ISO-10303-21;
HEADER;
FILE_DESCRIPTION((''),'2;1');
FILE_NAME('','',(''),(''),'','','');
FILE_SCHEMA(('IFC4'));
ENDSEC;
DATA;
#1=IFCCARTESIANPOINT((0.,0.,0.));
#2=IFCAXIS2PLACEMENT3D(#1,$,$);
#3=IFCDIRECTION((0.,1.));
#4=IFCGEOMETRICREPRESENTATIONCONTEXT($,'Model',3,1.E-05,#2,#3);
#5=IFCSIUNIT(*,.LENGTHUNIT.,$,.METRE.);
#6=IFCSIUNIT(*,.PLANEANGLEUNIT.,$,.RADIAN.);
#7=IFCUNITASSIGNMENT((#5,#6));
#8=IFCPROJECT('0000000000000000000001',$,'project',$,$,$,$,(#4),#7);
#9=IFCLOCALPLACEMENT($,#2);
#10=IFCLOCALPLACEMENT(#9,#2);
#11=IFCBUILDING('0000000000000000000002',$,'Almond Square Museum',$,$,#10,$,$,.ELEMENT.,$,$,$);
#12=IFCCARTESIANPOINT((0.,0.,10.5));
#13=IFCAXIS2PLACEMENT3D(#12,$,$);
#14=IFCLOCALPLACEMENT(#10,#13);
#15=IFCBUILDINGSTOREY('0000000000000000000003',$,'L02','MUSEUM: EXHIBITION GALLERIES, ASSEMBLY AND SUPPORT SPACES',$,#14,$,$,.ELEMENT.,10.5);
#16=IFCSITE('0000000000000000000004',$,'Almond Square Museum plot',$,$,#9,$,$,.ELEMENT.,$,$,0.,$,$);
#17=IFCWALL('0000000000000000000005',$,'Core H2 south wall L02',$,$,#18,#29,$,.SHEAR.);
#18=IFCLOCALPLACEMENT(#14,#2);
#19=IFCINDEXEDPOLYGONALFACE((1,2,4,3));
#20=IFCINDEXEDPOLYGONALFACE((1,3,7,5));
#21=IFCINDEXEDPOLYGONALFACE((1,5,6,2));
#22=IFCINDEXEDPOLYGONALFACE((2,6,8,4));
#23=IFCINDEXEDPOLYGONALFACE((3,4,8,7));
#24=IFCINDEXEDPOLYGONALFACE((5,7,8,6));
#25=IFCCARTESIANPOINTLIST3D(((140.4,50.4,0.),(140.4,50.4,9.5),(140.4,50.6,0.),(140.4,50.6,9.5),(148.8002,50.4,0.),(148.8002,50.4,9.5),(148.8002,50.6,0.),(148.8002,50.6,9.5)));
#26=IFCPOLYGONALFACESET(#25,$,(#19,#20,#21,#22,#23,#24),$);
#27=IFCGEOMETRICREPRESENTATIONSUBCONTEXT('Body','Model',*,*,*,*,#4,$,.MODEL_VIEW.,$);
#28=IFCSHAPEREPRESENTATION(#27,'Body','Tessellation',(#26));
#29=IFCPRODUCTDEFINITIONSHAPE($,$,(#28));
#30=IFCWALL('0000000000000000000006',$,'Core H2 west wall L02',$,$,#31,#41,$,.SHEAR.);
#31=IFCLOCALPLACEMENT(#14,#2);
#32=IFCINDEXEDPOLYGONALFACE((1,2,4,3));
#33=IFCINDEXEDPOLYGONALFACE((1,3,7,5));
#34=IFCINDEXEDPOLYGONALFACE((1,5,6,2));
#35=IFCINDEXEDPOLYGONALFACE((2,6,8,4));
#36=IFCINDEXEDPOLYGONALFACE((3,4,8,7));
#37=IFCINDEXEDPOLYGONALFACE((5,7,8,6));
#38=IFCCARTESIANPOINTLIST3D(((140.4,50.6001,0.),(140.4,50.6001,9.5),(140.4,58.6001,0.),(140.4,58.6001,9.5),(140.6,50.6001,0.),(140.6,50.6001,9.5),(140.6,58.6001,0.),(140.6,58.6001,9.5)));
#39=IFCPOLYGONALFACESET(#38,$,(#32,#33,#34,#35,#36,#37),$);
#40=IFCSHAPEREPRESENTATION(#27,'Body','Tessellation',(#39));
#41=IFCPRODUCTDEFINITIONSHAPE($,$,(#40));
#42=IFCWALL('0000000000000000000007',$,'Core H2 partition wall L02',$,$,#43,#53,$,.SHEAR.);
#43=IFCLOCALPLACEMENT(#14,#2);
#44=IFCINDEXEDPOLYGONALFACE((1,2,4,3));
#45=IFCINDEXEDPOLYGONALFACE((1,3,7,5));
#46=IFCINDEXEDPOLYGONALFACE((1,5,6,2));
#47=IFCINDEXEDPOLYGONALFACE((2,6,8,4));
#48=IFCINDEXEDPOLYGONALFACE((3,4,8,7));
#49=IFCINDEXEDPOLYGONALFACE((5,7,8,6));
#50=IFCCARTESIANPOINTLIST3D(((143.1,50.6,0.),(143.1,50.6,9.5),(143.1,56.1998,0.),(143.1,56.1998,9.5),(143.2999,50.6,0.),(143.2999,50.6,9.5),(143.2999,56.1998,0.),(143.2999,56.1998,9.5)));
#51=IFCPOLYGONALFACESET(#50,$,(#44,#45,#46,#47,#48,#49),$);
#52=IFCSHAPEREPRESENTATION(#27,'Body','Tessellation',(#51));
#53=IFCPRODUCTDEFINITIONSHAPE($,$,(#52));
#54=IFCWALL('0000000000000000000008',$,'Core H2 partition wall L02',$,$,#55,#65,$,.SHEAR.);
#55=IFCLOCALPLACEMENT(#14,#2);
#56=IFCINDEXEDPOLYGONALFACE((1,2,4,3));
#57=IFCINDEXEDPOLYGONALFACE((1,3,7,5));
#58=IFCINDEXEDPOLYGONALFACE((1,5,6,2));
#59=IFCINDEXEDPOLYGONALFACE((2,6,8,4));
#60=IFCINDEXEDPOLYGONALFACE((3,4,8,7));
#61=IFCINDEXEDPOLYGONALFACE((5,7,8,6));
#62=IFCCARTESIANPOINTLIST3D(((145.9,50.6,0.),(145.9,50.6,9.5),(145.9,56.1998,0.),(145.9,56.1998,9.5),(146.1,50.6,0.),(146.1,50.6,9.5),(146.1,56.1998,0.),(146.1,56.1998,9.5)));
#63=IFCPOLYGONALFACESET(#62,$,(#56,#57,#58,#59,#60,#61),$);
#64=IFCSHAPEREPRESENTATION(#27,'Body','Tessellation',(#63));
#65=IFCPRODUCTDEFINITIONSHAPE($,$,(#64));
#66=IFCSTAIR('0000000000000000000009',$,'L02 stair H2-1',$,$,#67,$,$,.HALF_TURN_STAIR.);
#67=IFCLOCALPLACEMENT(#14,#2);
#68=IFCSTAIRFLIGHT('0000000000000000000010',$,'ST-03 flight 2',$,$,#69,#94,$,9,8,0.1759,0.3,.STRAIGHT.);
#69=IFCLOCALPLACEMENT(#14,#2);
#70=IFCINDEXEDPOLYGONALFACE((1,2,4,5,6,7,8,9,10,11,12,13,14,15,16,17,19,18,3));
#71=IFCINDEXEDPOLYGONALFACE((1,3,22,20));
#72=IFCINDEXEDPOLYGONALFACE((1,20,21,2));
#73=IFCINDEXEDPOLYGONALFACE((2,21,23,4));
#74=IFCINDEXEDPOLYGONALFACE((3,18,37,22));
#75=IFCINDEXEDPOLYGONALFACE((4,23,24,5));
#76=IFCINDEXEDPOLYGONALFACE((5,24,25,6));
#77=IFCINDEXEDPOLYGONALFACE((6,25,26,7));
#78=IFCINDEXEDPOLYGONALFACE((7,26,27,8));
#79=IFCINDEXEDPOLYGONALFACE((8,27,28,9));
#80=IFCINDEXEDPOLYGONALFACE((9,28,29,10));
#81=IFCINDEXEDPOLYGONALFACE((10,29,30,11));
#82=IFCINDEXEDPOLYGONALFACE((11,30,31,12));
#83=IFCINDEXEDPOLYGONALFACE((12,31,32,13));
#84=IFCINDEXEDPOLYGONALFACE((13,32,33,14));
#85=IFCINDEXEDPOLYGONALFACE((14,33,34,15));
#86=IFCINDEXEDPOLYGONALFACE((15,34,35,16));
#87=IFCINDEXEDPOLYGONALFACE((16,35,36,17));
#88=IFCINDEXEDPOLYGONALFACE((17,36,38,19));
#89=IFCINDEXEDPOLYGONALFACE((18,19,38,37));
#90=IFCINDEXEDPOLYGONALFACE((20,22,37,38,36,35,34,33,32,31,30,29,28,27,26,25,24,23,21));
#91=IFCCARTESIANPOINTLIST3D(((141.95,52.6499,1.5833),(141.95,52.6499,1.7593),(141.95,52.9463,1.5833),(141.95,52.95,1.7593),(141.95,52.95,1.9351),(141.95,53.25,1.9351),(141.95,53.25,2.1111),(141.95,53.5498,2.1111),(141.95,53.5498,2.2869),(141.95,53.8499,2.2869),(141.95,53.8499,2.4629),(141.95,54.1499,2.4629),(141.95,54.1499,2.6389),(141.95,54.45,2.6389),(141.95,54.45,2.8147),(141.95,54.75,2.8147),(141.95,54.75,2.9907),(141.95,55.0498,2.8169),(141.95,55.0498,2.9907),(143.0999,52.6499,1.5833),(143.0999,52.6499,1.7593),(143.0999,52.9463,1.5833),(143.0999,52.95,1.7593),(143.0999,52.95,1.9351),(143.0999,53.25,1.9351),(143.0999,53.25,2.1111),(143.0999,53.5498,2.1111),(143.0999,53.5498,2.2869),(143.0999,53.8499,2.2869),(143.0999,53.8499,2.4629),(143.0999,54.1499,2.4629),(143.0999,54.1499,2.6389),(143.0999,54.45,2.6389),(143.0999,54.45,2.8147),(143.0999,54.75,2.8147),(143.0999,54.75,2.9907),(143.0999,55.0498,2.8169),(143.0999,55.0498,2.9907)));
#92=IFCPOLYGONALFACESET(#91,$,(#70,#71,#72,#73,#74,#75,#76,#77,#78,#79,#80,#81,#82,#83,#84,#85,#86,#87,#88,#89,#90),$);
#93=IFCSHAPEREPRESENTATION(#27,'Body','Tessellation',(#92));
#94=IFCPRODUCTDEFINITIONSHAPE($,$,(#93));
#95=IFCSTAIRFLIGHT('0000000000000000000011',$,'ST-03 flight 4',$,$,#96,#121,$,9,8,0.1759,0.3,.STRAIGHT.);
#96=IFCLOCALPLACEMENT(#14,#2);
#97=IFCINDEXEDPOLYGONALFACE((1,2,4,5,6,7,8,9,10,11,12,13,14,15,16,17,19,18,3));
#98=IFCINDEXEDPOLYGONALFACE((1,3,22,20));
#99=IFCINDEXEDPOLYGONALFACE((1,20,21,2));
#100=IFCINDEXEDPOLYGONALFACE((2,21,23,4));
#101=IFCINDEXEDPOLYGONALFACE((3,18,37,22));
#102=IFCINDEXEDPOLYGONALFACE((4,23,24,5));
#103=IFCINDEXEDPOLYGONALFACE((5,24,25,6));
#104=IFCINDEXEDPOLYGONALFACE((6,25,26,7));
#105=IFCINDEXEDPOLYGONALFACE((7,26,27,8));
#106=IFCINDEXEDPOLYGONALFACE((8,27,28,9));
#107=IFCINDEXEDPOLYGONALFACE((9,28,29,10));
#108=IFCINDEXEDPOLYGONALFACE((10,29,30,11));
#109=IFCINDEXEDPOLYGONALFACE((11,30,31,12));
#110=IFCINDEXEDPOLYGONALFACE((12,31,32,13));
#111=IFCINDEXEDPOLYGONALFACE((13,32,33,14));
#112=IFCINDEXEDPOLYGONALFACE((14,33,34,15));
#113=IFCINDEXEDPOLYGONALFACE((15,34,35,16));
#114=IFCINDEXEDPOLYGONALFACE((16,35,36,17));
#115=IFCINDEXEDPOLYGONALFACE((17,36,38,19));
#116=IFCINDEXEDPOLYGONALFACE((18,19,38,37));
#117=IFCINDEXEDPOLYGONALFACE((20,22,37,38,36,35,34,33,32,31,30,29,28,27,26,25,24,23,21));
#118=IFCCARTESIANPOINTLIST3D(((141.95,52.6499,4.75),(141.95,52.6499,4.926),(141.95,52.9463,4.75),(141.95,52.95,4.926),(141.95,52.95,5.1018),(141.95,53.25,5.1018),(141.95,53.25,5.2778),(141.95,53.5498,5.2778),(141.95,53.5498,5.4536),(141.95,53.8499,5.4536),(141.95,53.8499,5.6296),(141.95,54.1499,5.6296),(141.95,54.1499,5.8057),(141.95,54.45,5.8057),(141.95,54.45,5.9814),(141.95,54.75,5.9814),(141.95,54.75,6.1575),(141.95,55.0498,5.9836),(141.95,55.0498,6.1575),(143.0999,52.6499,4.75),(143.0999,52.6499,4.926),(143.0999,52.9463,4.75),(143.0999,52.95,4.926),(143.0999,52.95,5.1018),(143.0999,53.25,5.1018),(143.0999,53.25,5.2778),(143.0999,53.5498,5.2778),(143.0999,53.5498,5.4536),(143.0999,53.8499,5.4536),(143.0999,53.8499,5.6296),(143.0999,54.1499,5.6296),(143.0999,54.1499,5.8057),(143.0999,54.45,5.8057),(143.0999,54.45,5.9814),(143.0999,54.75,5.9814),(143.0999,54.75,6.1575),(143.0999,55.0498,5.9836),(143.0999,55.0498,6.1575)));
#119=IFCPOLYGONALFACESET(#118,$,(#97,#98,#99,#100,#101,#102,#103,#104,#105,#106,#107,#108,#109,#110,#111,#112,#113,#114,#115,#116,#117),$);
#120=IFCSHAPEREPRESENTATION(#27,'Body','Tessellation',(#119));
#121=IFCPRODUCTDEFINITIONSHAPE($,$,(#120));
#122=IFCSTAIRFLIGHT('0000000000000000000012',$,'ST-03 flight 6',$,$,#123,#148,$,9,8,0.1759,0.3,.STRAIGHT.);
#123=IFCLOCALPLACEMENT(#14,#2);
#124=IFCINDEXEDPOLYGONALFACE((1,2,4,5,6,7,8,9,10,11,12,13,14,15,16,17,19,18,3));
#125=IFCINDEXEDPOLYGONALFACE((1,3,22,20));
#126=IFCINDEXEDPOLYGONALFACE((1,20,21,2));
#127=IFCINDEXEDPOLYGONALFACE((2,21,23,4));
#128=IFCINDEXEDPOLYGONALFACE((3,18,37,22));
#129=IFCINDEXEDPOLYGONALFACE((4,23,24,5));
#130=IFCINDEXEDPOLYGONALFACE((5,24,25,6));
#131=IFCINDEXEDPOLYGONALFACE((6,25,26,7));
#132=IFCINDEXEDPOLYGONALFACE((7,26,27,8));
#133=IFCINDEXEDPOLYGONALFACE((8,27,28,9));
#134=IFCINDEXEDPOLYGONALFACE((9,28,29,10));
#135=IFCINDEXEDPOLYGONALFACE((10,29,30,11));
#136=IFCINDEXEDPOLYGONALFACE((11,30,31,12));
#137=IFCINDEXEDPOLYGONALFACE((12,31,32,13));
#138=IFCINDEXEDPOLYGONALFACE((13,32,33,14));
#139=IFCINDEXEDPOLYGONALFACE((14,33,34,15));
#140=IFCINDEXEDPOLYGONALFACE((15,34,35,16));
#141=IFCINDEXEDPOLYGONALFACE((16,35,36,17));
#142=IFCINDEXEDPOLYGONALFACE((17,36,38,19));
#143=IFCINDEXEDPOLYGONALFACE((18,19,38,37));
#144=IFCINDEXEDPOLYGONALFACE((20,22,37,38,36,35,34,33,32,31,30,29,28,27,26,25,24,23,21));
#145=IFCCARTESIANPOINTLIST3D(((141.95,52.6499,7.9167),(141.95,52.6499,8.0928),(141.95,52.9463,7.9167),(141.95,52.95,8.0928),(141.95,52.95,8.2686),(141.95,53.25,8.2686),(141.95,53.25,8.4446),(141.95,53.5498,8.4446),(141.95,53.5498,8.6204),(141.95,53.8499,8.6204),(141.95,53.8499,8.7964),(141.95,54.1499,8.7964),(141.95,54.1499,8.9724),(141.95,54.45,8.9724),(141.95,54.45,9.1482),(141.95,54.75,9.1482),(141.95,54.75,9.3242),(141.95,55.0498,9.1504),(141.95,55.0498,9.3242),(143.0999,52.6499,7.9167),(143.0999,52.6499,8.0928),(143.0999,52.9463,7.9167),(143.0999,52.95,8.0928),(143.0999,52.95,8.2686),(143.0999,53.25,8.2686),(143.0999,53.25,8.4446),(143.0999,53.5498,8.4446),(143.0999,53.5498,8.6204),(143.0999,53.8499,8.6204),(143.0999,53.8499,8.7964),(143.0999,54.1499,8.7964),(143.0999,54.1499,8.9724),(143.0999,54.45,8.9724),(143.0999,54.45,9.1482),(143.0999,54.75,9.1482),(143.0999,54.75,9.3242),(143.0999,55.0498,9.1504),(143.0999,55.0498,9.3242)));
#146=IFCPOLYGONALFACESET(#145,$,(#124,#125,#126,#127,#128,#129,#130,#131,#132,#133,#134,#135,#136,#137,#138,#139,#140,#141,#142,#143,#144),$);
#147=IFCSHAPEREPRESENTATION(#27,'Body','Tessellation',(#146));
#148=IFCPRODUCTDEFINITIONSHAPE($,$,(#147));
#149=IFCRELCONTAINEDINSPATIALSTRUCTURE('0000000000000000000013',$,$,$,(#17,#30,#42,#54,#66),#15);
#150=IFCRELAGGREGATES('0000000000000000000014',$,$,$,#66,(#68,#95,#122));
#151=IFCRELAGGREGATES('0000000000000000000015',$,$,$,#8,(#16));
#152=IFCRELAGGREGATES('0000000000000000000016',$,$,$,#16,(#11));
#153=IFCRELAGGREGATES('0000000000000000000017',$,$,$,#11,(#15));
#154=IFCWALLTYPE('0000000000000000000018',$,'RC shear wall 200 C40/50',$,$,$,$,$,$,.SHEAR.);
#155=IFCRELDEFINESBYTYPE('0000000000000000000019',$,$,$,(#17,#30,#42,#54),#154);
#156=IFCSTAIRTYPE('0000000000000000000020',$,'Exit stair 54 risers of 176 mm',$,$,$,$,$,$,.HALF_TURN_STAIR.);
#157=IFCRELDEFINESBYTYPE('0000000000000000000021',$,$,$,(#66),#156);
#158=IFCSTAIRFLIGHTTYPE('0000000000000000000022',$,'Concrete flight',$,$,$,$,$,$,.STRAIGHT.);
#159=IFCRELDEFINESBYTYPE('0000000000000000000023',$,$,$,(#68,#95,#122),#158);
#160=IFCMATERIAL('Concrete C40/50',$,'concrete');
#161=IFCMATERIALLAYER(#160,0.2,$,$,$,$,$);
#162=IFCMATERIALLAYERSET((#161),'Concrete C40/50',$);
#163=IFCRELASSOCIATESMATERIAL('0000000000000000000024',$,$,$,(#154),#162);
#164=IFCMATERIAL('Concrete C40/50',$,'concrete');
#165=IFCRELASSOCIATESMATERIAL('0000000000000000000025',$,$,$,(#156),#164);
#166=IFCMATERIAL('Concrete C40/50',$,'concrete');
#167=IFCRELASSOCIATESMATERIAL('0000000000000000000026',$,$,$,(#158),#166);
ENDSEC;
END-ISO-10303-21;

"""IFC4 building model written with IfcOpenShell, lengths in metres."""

from ifc_helpers import new_model, si_unit, direction, frame, frame_2d, origin, place, context, subcontext, project, spatial, polyline, rectangle, outline, extrude, material, layer, layer_set, type_object, element, aggregate, save


model = new_model("IFC4")

# Units and contexts
model_context = context("Model", 3, precision=1e-05, world=origin(), true_north=direction((0.0, 1.0)))
body_context = subcontext(model_context, "Body", "Model", "MODEL_VIEW")
ifc_project = project(units=[si_unit("LENGTHUNIT", "METRE"), si_unit("PLANEANGLEUNIT", "RADIAN")], contexts=[model_context])

# Site, building, storey
site_placement = place(None, origin())
site = spatial("IfcSite", under=ifc_project, at=site_placement, Name="Almond Square Museum plot", CompositionType="ELEMENT", RefElevation=0.0)
building_placement = place(site_placement, origin())
building = spatial("IfcBuilding", under=site, at=building_placement, Name="Almond Square Museum", CompositionType="ELEMENT")
storey_placement = place(building_placement, frame((0.0, 0.0, 10.5)))
storey = spatial("IfcBuildingStorey", under=building, at=storey_placement, Name="L02", Description="MUSEUM: EXHIBITION GALLERIES, ASSEMBLY AND SUPPORT SPACES", CompositionType="ELEMENT", Elevation=10.5)

# Walls
ifc_material_1 = material(Name="Concrete C40/50", Category="concrete")
ifc_layer = layer(ifc_material_1, 0.2)
ifc_layer_set = layer_set([ifc_layer], Name="Concrete C40/50")
wall_type = type_object("IfcWallType", Name="RC shear wall 200 C40/50", PredefinedType="SHEAR", material=ifc_layer_set)
wall_1_placement = place(storey_placement, frame((140.3999, 50.5, 0.0), z_axis=(0.0, 0.0, 1.0), x_axis=(1.0, 0.0, 0.0)))
element("IfcWall", 1, at=wall_1_placement, inside=storey, type_object=wall_type, Name="Core H2 south wall L02", PredefinedType="SHEAR", context=body_context, shape_type="SweptSolid", body=[
    extrude(rectangle(XDim=8.4001, YDim=0.2, at=frame_2d((4.2002, 0.0))), origin(), (0.0, 0.0, 1.0), 9.5),
])
wall_2_placement = place(storey_placement, frame((140.5, 50.6001, 0.0), z_axis=(0.0, 0.0, 1.0), x_axis=(0.0, 1.0, 0.0)))
element("IfcWall", 2, at=wall_2_placement, inside=storey, type_object=wall_type, Name="Core H2 west wall L02", PredefinedType="SHEAR", context=body_context, shape_type="SweptSolid", body=[
    extrude(rectangle(XDim=8.0, YDim=0.2, at=frame_2d((4.0, 0.0))), origin(), (0.0, 0.0, 1.0), 9.5),
])
for number, where, z_axis, x_axis, name in (
    (3, (143.2, 50.6001, 0.0), (0.0, 0.0, 1.0), (0.0, 1.0, 0.0), "Core H2 partition wall L02"),
    (4, (146.0, 50.6001, 0.0), (0.0, 0.0, 1.0), (0.0, 1.0, 0.0), "Core H2 partition wall L02"),
):
    element("IfcWall", number, at=place(storey_placement, frame(where, z_axis=z_axis, x_axis=x_axis)), inside=storey, type_object=wall_type, Name=name, PredefinedType="SHEAR", context=body_context, shape_type="SweptSolid", body=[
        extrude(rectangle(XDim=5.5999, YDim=0.2, at=frame_2d((2.7998, 0.0))), origin(), (0.0, 0.0, 1.0), 9.5),
    ])

# Stair, stair flights
ifc_material_2 = material(Name="Concrete C40/50", Category="concrete")
stair_type = type_object("IfcStairType", Name="Exit stair 54 risers of 176 mm", PredefinedType="HALF_TURN_STAIR", material=ifc_material_2)
stair_placement = place(storey_placement, origin())
stair = element("IfcStair", 5, at=stair_placement, inside=storey, type_object=stair_type, Name="L02 stair H2-1", PredefinedType="HALF_TURN_STAIR")
ifc_material_3 = material(Name="Concrete C40/50", Category="concrete")
stair_flight_type = type_object("IfcStairFlightType", Name="Concrete flight", PredefinedType="STRAIGHT", material=ifc_material_3)
stair_flight_1_placement = place(storey_placement, frame((142.5249, 52.6499, 1.5833), z_axis=(0.0, 0.0, 1.0), x_axis=(0.0, 1.0, 0.0)))
stair_flight_1 = element("IfcStairFlight", 6, at=stair_flight_1_placement, type_object=stair_flight_type, Name="ST-03 flight 2", NumberOfRisers=9, NumberOfTreads=8, PredefinedType="STRAIGHT", RiserHeight=0.1759, TreadLength=0.3, context=body_context, shape_type="SweptSolid", body=[
    extrude(outline(polyline([(0.0, 0.0), (0.0, 0.176), (0.3, 0.176), (0.3, 0.3518), (0.6001, 0.3518), (0.6001, 0.5278), (0.8999, 0.5278), (0.8999, 0.7036), (1.2, 0.7036), (1.2, 0.8796), (1.5, 0.8796), (1.5, 1.0557), (1.8, 1.0557), (1.8, 1.2314), (2.1001, 1.2314), (2.1001, 1.4075), (2.3999, 1.4075), (2.3999, 1.5833), (2.3999, 1.2336), (0.2964, 0.0), (0.0, 0.0)])), frame((0.0, 0.575, 0.0), z_axis=(0.0, -1.0, 0.0), x_axis=(1.0, 0.0, 0.0)), (0.0, 0.0, 1.0), 1.1499),
])
stair_flight_2_placement = place(storey_placement, frame((142.5249, 52.6499, 4.75), z_axis=(0.0, 0.0, 1.0), x_axis=(0.0, 1.0, 0.0)))
stair_flight_2 = element("IfcStairFlight", 7, at=stair_flight_2_placement, type_object=stair_flight_type, Name="ST-03 flight 4", NumberOfRisers=9, NumberOfTreads=8, PredefinedType="STRAIGHT", RiserHeight=0.1759, TreadLength=0.3, context=body_context, shape_type="SweptSolid", body=[
    extrude(outline(polyline([(0.0, 0.0), (0.0, 0.176), (0.3, 0.176), (0.3, 0.3518), (0.6001, 0.3518), (0.6001, 0.5278), (0.8999, 0.5278), (0.8999, 0.7036), (1.2, 0.7036), (1.2, 0.8796), (1.5, 0.8796), (1.5, 1.0557), (1.8, 1.0557), (1.8, 1.2314), (2.1001, 1.2314), (2.1001, 1.4075), (2.3999, 1.4075), (2.3999, 1.5833), (2.3999, 1.2336), (0.2964, 0.0), (0.0, 0.0)])), frame((0.0, 0.575, 0.0), z_axis=(0.0, -1.0, 0.0), x_axis=(1.0, 0.0, 0.0)), (0.0, 0.0, 1.0), 1.1499),
])
stair_flight_3_placement = place(storey_placement, frame((142.5249, 52.6499, 7.9167), z_axis=(0.0, 0.0, 1.0), x_axis=(0.0, 1.0, 0.0)))
stair_flight_3 = element("IfcStairFlight", 8, at=stair_flight_3_placement, type_object=stair_flight_type, Name="ST-03 flight 6", NumberOfRisers=9, NumberOfTreads=8, PredefinedType="STRAIGHT", RiserHeight=0.1759, TreadLength=0.3, context=body_context, shape_type="SweptSolid", body=[
    extrude(outline(polyline([(0.0, 0.0), (0.0, 0.176), (0.3, 0.176), (0.3, 0.3518), (0.6001, 0.3518), (0.6001, 0.5278), (0.8999, 0.5278), (0.8999, 0.7036), (1.2, 0.7036), (1.2, 0.8796), (1.5, 0.8796), (1.5, 1.0557), (1.8, 1.0557), (1.8, 1.2314), (2.1001, 1.2314), (2.1001, 1.4075), (2.3999, 1.4075), (2.3999, 1.5833), (2.3999, 1.2336), (0.2964, 0.0), (0.0, 0.0)])), frame((0.0, 0.575, 0.0), z_axis=(0.0, -1.0, 0.0), x_axis=(1.0, 0.0, 0.0)), (0.0, 0.0, 1.0), 1.1499),
])
aggregate(stair, [stair_flight_1, stair_flight_2, stair_flight_3])

save(model, "model.ifc")
